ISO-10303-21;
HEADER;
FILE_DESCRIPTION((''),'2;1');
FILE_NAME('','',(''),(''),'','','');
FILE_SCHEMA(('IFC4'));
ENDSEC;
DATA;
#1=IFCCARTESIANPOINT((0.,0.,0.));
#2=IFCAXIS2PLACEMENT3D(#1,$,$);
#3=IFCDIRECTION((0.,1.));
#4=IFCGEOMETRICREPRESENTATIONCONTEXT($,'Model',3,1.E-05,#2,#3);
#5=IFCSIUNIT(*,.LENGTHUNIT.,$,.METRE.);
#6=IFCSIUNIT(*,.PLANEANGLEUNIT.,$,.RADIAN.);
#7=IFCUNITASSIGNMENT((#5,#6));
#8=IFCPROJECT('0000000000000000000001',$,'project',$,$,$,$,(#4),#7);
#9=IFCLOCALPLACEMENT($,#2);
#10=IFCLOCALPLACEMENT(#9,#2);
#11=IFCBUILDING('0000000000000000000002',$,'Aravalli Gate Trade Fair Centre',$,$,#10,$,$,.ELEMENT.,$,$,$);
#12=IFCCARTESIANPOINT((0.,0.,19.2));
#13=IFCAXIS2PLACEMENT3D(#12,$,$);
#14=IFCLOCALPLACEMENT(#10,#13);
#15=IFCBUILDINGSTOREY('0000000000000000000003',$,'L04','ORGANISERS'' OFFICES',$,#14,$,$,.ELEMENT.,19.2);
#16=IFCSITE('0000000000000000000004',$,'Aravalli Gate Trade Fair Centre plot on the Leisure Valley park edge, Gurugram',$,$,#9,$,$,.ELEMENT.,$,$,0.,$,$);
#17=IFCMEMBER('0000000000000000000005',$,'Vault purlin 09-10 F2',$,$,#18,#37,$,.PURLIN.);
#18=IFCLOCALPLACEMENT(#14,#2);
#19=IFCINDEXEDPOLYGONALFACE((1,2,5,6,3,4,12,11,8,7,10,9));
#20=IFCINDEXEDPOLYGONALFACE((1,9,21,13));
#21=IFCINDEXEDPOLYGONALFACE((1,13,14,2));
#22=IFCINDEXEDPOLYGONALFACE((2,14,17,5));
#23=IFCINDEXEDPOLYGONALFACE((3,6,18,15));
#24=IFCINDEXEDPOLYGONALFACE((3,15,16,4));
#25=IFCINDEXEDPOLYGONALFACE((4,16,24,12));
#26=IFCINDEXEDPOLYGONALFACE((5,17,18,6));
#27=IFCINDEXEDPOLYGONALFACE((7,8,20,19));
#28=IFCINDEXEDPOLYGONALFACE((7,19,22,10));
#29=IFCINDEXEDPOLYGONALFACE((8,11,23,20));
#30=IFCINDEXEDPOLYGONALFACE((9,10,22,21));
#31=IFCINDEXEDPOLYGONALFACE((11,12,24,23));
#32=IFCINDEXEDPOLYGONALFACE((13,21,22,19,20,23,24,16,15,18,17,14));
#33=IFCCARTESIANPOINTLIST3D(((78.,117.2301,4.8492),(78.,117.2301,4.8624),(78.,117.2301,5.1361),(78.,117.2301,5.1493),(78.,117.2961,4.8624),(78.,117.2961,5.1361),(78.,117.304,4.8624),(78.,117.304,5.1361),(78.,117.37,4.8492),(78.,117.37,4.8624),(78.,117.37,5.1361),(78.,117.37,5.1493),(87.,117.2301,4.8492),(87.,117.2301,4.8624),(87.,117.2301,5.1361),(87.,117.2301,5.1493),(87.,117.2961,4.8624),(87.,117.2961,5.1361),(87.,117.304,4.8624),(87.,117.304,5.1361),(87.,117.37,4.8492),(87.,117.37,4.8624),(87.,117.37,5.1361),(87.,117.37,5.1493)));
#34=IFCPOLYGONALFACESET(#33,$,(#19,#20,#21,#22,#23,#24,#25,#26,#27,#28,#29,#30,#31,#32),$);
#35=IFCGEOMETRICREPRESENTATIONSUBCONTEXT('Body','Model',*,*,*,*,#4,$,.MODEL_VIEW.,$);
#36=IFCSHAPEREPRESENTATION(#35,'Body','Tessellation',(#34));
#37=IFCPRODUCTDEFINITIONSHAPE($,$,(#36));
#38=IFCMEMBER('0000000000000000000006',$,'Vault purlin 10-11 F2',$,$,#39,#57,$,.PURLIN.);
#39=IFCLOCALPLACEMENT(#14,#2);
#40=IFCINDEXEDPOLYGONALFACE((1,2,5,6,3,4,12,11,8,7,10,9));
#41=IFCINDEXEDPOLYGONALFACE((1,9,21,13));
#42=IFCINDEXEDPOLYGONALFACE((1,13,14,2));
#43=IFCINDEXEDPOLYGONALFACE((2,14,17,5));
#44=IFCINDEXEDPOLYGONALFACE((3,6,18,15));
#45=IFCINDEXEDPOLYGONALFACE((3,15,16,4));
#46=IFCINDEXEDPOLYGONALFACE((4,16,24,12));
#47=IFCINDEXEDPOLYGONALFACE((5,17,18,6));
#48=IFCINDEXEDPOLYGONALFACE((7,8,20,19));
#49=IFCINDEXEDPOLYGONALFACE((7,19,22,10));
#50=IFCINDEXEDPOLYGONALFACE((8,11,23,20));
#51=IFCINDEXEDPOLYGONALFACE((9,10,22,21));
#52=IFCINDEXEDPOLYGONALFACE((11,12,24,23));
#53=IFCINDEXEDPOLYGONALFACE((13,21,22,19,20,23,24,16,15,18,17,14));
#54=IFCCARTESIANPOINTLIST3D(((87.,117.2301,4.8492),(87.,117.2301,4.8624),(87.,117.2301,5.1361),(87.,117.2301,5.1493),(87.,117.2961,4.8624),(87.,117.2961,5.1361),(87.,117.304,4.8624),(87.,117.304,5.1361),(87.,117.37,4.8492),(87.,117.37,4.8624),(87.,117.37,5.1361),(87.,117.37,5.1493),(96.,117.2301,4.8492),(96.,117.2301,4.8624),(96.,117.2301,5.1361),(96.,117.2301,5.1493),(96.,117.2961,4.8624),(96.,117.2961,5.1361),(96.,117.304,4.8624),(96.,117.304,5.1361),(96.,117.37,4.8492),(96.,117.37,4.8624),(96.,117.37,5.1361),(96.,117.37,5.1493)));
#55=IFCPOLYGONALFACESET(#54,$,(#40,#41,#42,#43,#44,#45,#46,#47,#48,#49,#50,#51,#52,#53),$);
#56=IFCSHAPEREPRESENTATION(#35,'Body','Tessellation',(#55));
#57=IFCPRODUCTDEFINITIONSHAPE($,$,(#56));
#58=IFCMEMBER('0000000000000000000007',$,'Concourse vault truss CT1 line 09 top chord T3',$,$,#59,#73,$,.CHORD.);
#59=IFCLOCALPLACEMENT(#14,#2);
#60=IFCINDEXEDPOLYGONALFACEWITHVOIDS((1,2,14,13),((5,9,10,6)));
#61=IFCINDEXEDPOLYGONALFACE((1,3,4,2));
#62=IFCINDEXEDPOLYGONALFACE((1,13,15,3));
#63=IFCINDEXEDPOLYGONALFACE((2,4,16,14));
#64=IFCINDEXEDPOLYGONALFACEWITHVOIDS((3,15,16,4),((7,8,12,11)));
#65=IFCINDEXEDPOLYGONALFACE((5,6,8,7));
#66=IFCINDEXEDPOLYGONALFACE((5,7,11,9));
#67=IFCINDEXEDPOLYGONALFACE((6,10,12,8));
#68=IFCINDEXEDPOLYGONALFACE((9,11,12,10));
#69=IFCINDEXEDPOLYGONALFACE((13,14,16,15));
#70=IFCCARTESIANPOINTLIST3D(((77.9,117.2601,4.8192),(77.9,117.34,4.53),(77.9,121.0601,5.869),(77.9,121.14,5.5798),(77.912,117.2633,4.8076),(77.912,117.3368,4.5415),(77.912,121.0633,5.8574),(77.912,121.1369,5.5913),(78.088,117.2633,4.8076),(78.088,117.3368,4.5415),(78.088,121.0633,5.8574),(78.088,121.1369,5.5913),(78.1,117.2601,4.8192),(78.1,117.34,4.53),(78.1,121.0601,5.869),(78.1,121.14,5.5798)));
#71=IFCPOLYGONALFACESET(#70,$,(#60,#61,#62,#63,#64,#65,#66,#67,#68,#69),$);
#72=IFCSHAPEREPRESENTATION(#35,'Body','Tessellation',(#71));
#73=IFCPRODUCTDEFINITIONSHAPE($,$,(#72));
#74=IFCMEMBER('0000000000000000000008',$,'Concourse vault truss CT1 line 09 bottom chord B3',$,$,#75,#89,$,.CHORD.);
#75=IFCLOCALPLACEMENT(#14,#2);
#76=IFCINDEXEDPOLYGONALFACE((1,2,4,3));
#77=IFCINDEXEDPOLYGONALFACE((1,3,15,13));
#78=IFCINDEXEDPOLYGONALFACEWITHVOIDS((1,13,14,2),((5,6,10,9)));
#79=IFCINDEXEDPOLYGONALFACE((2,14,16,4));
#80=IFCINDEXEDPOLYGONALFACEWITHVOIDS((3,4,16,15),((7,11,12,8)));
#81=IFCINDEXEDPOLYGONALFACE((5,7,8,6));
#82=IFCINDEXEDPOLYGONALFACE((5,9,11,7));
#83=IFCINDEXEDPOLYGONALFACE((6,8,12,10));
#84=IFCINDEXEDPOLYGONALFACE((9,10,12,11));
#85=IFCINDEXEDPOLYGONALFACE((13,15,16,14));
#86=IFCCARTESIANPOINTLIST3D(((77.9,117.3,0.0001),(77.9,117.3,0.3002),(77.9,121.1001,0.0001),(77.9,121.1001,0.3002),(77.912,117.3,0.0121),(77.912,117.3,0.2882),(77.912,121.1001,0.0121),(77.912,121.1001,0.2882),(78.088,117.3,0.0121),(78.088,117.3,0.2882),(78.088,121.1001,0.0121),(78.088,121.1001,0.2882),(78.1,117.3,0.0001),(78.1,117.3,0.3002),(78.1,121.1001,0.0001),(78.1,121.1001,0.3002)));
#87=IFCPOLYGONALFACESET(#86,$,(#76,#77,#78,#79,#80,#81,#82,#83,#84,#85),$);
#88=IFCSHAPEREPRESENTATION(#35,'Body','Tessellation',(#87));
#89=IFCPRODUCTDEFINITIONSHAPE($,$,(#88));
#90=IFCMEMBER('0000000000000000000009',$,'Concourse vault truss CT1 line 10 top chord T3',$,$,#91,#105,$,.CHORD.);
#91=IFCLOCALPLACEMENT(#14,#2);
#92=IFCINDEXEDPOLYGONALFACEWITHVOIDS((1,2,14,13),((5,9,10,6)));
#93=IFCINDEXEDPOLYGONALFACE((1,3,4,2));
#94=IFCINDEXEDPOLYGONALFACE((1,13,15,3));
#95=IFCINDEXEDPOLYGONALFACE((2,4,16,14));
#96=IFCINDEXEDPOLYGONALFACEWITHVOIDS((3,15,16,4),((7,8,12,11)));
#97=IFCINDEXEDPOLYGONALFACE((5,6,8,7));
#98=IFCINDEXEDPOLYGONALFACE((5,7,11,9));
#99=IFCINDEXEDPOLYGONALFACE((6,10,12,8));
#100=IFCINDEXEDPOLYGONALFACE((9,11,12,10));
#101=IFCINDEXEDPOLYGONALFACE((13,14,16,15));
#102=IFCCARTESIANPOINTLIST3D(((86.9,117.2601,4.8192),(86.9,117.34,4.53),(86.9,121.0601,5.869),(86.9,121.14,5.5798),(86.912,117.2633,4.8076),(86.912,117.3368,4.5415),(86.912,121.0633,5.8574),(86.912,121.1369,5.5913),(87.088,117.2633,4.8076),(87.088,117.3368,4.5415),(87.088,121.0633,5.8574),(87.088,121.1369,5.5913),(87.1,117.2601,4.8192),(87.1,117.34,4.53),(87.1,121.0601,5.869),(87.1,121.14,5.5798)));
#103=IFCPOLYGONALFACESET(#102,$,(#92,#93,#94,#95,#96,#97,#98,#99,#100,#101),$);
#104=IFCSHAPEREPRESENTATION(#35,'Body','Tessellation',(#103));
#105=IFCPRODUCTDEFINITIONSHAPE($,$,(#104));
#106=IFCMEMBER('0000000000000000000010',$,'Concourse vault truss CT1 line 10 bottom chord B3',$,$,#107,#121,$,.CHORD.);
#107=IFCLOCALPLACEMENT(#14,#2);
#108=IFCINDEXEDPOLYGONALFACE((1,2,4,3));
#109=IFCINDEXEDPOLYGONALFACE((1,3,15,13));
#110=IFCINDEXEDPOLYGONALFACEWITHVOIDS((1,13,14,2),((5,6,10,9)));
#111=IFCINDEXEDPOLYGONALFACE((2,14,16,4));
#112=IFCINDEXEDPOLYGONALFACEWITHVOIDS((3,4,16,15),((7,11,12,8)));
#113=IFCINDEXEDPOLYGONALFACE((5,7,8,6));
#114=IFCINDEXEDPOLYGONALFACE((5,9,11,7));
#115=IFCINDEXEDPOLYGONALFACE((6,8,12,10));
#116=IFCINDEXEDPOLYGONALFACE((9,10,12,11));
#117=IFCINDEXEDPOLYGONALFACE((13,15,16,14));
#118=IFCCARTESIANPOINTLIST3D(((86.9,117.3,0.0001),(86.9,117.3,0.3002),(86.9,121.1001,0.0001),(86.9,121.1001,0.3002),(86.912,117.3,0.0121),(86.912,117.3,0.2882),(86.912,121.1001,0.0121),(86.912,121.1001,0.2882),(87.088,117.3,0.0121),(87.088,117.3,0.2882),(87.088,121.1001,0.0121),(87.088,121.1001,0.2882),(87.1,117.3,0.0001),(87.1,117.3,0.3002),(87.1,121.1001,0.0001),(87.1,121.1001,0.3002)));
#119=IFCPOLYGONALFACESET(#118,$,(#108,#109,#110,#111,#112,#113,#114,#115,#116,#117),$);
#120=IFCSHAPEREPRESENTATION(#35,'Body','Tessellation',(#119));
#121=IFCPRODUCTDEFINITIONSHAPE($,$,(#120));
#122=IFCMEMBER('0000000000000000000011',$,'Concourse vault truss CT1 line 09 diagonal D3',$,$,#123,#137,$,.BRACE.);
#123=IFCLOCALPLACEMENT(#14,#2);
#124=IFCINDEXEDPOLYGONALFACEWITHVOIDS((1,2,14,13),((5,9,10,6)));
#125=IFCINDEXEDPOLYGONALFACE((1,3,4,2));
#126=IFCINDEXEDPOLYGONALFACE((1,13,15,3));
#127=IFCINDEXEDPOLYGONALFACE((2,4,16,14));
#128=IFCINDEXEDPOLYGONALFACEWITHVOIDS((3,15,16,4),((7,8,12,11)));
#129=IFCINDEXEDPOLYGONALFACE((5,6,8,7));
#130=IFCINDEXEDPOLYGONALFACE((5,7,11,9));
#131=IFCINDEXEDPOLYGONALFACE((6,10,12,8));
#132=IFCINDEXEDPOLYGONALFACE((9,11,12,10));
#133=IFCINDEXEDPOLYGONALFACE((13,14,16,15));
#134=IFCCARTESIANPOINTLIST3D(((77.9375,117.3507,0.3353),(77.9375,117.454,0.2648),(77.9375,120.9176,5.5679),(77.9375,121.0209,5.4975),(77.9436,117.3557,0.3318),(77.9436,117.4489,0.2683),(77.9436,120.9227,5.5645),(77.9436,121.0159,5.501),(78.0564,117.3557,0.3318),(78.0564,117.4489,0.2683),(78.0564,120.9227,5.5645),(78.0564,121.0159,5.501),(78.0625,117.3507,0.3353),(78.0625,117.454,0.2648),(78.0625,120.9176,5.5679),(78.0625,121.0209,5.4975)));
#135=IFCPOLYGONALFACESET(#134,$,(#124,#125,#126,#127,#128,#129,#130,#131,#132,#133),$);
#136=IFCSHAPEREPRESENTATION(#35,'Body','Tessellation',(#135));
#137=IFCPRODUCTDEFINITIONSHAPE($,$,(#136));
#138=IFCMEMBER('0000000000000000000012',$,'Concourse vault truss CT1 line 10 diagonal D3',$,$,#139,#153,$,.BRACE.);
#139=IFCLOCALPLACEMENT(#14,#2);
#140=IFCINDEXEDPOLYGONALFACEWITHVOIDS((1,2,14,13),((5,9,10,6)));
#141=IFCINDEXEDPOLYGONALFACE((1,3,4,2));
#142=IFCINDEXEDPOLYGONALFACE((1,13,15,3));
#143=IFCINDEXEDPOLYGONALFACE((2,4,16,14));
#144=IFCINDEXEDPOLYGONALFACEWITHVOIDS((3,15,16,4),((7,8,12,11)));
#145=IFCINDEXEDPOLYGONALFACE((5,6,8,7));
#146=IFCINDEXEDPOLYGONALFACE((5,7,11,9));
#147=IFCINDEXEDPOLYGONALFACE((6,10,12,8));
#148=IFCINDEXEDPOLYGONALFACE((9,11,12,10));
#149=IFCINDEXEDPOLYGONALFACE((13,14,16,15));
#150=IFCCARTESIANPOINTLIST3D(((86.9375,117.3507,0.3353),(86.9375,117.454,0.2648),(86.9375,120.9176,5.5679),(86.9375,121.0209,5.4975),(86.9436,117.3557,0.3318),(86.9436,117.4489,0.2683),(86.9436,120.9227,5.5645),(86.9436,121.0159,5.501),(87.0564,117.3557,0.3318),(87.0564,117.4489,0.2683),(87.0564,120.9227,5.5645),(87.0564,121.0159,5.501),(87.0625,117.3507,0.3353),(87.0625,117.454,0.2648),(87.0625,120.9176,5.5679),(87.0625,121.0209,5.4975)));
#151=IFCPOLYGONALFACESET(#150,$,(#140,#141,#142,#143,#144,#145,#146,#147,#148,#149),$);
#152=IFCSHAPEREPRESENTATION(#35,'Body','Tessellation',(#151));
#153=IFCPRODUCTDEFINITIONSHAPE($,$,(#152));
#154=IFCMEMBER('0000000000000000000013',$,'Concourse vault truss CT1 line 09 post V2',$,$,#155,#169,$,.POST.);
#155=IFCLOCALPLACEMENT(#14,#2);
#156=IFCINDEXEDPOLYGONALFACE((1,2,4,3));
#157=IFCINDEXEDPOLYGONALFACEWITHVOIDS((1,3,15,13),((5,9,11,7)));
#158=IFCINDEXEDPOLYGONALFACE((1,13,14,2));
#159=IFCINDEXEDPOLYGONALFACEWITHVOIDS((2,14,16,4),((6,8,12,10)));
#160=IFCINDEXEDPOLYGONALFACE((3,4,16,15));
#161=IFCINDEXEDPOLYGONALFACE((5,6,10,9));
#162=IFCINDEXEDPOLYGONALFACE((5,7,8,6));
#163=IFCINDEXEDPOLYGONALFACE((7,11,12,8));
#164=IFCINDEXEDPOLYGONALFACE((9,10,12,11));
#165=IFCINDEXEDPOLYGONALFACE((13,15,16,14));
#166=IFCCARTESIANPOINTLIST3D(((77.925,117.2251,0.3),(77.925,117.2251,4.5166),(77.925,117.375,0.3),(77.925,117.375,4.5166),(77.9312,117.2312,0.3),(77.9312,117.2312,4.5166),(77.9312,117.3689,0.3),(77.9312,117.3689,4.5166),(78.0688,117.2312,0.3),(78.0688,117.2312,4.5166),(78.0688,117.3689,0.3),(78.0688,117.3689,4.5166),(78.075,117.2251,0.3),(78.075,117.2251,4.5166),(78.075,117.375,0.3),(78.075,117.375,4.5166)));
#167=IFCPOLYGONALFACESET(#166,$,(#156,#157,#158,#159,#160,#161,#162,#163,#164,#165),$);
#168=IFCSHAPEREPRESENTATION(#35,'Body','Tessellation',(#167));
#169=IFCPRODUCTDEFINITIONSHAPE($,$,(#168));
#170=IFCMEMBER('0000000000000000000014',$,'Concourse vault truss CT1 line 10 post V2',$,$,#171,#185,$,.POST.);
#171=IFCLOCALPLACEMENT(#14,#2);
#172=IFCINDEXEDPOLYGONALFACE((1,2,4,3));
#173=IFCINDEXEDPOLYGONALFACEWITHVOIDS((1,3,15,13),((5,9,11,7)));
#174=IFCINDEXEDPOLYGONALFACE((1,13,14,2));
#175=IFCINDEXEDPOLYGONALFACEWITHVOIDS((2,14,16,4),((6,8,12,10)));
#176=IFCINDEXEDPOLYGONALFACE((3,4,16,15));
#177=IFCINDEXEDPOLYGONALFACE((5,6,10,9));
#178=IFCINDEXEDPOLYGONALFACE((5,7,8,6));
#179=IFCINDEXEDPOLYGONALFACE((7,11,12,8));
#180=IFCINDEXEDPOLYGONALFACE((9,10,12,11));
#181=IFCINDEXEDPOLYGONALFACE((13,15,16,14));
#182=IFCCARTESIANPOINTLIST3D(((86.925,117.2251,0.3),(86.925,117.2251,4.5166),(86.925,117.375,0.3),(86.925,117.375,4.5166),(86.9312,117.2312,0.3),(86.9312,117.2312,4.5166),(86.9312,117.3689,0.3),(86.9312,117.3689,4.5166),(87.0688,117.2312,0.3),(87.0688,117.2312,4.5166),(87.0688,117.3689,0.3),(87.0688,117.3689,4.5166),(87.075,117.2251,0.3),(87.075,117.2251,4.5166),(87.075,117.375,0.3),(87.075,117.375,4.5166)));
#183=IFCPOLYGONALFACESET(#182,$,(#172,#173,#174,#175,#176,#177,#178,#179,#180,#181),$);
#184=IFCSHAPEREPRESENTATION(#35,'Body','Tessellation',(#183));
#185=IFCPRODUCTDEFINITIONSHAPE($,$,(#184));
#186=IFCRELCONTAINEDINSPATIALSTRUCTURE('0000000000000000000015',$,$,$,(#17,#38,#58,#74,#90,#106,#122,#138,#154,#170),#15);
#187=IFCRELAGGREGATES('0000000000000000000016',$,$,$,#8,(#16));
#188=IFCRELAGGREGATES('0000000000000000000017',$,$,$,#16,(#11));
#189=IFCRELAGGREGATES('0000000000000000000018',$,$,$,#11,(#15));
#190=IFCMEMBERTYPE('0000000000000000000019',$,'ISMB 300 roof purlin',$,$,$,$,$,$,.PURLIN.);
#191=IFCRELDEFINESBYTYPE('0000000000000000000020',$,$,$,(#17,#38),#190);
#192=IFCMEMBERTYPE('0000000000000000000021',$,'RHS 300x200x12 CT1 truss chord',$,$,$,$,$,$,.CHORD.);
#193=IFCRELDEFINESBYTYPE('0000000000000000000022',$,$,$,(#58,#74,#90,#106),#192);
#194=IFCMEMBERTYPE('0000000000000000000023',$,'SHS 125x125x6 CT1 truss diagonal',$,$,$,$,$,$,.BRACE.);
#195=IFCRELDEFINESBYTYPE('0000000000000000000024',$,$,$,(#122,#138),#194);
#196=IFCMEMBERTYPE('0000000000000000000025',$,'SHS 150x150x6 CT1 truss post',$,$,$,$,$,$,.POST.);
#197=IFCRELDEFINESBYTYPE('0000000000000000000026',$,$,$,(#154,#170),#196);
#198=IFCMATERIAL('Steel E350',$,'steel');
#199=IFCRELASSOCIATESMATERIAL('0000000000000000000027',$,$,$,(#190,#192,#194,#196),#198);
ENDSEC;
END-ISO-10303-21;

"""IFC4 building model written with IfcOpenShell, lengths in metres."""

from ifc_helpers import new_model, si_unit, direction, frame, origin, origin_2d, place, context, subcontext, project, spatial, hollow_rectangle, i_section, extrude, material, material_profile, profile_set, type_object, element, save


model = new_model("IFC4")

# Units and contexts
model_context = context("Model", 3, precision=1e-05, world=origin(), true_north=direction((0.0, 1.0)))
body_context = subcontext(model_context, "Body", "Model", "MODEL_VIEW")
ifc_project = project(units=[si_unit("LENGTHUNIT", "METRE"), si_unit("PLANEANGLEUNIT", "RADIAN")], contexts=[model_context])

# Site, building, storey
site_placement = place(None, origin())
site = spatial("IfcSite", under=ifc_project, at=site_placement, Name="Aravalli Gate Trade Fair Centre plot on the Leisure Valley park edge, Gurugram", CompositionType="ELEMENT", RefElevation=0.0)
building_placement = place(site_placement, origin())
building = spatial("IfcBuilding", under=site, at=building_placement, Name="Aravalli Gate Trade Fair Centre", CompositionType="ELEMENT")
storey_placement = place(building_placement, frame((0.0, 0.0, 19.2)))
storey = spatial("IfcBuildingStorey", under=building, at=storey_placement, Name="L04", Description="ORGANISERS' OFFICES", CompositionType="ELEMENT", Elevation=19.2)

# Members
ifc_material_1 = material(Name="Steel E350", Category="steel")
ifc_material_profile_1 = material_profile(ifc_material_1, i_section(OverallWidth=0.1399, OverallDepth=0.3, WebThickness=0.0078, FlangeThickness=0.0132, at=origin_2d()), Name="ISMB 300")
ifc_profile_set_1 = profile_set([ifc_material_profile_1], Name="Steel E350")
member_type_1 = type_object("IfcMemberType", Name="ISMB 300 roof purlin", PredefinedType="PURLIN", material=ifc_profile_set_1)
for number, where, z_axis, x_axis, name in (
    (1, (78.0, 117.3, 4.9993), (1.0, 0.0, 0.0), (0.0, 1.0, 0.0), "Vault purlin 09-10 F2"),
    (2, (87.0, 117.3, 4.9993), (1.0, 0.0, 0.0), (0.0, 1.0, 0.0), "Vault purlin 10-11 F2"),
):
    element("IfcMember", number, at=place(storey_placement, frame(where, z_axis=z_axis, x_axis=x_axis)), inside=storey, type_object=member_type_1, Name=name, PredefinedType="PURLIN", context=body_context, shape_type="SweptSolid", body=[
        extrude(i_section(OverallWidth=0.1399, OverallDepth=0.3, WebThickness=0.0078, FlangeThickness=0.0132, at=origin_2d()), origin(), (0.0, 0.0, 1.0), 9.0),
    ])
ifc_material_profile_2 = material_profile(ifc_material_1, hollow_rectangle(XDim=0.2, YDim=0.3, WallThickness=0.012, at=origin_2d()), Name="RHS 300x200x12")
ifc_profile_set_2 = profile_set([ifc_material_profile_2], Name="Steel E350")
member_type_2 = type_object("IfcMemberType", Name="RHS 300x200x12 CT1 truss chord", PredefinedType="CHORD", material=ifc_profile_set_2)
member_1_placement = place(storey_placement, frame((78.0, 117.3, 4.6746), z_axis=(0.0, 0.963894, 0.266286), x_axis=(-1.0, 0.0, 0.0)))
element("IfcMember", 3, at=member_1_placement, inside=storey, type_object=member_type_2, Name="Concourse vault truss CT1 line 09 top chord T3", PredefinedType="CHORD", context=body_context, shape_type="SweptSolid", body=[
    extrude(hollow_rectangle(XDim=0.2, YDim=0.3, WallThickness=0.012, at=origin_2d()), origin(), (0.0, 0.0, 1.0), 3.9424),
])
member_2_placement = place(storey_placement, frame((78.0, 117.3, 0.1501), z_axis=(0.0, 1.0, 0.0), x_axis=(-1.0, 0.0, 0.0)))
element("IfcMember", 4, at=member_2_placement, inside=storey, type_object=member_type_2, Name="Concourse vault truss CT1 line 09 bottom chord B3", PredefinedType="CHORD", context=body_context, shape_type="SweptSolid", body=[
    extrude(hollow_rectangle(XDim=0.2, YDim=0.3, WallThickness=0.012, at=origin_2d()), origin(), (0.0, 0.0, 1.0), 3.8),
])
member_3_placement = place(storey_placement, frame((87.0, 117.3, 4.6746), z_axis=(0.0, 0.963894, 0.266286), x_axis=(-1.0, 0.0, 0.0)))
element("IfcMember", 5, at=member_3_placement, inside=storey, type_object=member_type_2, Name="Concourse vault truss CT1 line 10 top chord T3", PredefinedType="CHORD", context=body_context, shape_type="SweptSolid", body=[
    extrude(hollow_rectangle(XDim=0.2, YDim=0.3, WallThickness=0.012, at=origin_2d()), origin(), (0.0, 0.0, 1.0), 3.9424),
])
member_4_placement = place(storey_placement, frame((87.0, 117.3, 0.1501), z_axis=(0.0, 1.0, 0.0), x_axis=(-1.0, 0.0, 0.0)))
element("IfcMember", 6, at=member_4_placement, inside=storey, type_object=member_type_2, Name="Concourse vault truss CT1 line 10 bottom chord B3", PredefinedType="CHORD", context=body_context, shape_type="SweptSolid", body=[
    extrude(hollow_rectangle(XDim=0.2, YDim=0.3, WallThickness=0.012, at=origin_2d()), origin(), (0.0, 0.0, 1.0), 3.8),
])
ifc_material_profile_3 = material_profile(ifc_material_1, hollow_rectangle(XDim=0.125, YDim=0.125, WallThickness=0.0061, at=origin_2d()), Name="SHS 125x125x6")
ifc_profile_set_3 = profile_set([ifc_material_profile_3], Name="Steel E350")
member_type_3 = type_object("IfcMemberType", Name="SHS 125x125x6 CT1 truss diagonal", PredefinedType="BRACE", material=ifc_profile_set_3)
for number, where, z_axis, x_axis, name in (
    (7, (78.0, 117.4023, 0.3), (0.0, 0.563247, 0.826289), (-1.0, 0.0, 0.0), "Concourse vault truss CT1 line 09 diagonal D3"),
    (8, (87.0, 117.4023, 0.3), (0.0, 0.563247, 0.826289), (-1.0, 0.0, 0.0), "Concourse vault truss CT1 line 10 diagonal D3"),
):
    element("IfcMember", number, at=place(storey_placement, frame(where, z_axis=z_axis, x_axis=x_axis)), inside=storey, type_object=member_type_3, Name=name, PredefinedType="BRACE", context=body_context, shape_type="SweptSolid", body=[
        extrude(hollow_rectangle(XDim=0.125, YDim=0.125, WallThickness=0.0061, at=origin_2d()), origin(), (0.0, 0.0, 1.0), 6.3328),
    ])
ifc_material_profile_4 = material_profile(ifc_material_1, hollow_rectangle(XDim=0.1499, YDim=0.1499, WallThickness=0.0061, at=origin_2d()), Name="SHS 150x150x6")
ifc_profile_set_4 = profile_set([ifc_material_profile_4], Name="Steel E350")
member_type_4 = type_object("IfcMemberType", Name="SHS 150x150x6 CT1 truss post", PredefinedType="POST", material=ifc_profile_set_4)
for number, where, z_axis, x_axis, name in (
    (9, (78.0, 117.3, 0.3), (0.0, 0.0, 1.0), (1.0, 0.0, 0.0), "Concourse vault truss CT1 line 09 post V2"),
    (10, (87.0, 117.3, 0.3), (0.0, 0.0, 1.0), (1.0, 0.0, 0.0), "Concourse vault truss CT1 line 10 post V2"),
):
    element("IfcMember", number, at=place(storey_placement, frame(where, z_axis=z_axis, x_axis=x_axis)), inside=storey, type_object=member_type_4, Name=name, PredefinedType="POST", context=body_context, shape_type="SweptSolid", body=[
        extrude(hollow_rectangle(XDim=0.1499, YDim=0.1499, WallThickness=0.0061, at=origin_2d()), origin(), (0.0, 0.0, 1.0), 4.2166),
    ])

save(model, "model.ifc")
